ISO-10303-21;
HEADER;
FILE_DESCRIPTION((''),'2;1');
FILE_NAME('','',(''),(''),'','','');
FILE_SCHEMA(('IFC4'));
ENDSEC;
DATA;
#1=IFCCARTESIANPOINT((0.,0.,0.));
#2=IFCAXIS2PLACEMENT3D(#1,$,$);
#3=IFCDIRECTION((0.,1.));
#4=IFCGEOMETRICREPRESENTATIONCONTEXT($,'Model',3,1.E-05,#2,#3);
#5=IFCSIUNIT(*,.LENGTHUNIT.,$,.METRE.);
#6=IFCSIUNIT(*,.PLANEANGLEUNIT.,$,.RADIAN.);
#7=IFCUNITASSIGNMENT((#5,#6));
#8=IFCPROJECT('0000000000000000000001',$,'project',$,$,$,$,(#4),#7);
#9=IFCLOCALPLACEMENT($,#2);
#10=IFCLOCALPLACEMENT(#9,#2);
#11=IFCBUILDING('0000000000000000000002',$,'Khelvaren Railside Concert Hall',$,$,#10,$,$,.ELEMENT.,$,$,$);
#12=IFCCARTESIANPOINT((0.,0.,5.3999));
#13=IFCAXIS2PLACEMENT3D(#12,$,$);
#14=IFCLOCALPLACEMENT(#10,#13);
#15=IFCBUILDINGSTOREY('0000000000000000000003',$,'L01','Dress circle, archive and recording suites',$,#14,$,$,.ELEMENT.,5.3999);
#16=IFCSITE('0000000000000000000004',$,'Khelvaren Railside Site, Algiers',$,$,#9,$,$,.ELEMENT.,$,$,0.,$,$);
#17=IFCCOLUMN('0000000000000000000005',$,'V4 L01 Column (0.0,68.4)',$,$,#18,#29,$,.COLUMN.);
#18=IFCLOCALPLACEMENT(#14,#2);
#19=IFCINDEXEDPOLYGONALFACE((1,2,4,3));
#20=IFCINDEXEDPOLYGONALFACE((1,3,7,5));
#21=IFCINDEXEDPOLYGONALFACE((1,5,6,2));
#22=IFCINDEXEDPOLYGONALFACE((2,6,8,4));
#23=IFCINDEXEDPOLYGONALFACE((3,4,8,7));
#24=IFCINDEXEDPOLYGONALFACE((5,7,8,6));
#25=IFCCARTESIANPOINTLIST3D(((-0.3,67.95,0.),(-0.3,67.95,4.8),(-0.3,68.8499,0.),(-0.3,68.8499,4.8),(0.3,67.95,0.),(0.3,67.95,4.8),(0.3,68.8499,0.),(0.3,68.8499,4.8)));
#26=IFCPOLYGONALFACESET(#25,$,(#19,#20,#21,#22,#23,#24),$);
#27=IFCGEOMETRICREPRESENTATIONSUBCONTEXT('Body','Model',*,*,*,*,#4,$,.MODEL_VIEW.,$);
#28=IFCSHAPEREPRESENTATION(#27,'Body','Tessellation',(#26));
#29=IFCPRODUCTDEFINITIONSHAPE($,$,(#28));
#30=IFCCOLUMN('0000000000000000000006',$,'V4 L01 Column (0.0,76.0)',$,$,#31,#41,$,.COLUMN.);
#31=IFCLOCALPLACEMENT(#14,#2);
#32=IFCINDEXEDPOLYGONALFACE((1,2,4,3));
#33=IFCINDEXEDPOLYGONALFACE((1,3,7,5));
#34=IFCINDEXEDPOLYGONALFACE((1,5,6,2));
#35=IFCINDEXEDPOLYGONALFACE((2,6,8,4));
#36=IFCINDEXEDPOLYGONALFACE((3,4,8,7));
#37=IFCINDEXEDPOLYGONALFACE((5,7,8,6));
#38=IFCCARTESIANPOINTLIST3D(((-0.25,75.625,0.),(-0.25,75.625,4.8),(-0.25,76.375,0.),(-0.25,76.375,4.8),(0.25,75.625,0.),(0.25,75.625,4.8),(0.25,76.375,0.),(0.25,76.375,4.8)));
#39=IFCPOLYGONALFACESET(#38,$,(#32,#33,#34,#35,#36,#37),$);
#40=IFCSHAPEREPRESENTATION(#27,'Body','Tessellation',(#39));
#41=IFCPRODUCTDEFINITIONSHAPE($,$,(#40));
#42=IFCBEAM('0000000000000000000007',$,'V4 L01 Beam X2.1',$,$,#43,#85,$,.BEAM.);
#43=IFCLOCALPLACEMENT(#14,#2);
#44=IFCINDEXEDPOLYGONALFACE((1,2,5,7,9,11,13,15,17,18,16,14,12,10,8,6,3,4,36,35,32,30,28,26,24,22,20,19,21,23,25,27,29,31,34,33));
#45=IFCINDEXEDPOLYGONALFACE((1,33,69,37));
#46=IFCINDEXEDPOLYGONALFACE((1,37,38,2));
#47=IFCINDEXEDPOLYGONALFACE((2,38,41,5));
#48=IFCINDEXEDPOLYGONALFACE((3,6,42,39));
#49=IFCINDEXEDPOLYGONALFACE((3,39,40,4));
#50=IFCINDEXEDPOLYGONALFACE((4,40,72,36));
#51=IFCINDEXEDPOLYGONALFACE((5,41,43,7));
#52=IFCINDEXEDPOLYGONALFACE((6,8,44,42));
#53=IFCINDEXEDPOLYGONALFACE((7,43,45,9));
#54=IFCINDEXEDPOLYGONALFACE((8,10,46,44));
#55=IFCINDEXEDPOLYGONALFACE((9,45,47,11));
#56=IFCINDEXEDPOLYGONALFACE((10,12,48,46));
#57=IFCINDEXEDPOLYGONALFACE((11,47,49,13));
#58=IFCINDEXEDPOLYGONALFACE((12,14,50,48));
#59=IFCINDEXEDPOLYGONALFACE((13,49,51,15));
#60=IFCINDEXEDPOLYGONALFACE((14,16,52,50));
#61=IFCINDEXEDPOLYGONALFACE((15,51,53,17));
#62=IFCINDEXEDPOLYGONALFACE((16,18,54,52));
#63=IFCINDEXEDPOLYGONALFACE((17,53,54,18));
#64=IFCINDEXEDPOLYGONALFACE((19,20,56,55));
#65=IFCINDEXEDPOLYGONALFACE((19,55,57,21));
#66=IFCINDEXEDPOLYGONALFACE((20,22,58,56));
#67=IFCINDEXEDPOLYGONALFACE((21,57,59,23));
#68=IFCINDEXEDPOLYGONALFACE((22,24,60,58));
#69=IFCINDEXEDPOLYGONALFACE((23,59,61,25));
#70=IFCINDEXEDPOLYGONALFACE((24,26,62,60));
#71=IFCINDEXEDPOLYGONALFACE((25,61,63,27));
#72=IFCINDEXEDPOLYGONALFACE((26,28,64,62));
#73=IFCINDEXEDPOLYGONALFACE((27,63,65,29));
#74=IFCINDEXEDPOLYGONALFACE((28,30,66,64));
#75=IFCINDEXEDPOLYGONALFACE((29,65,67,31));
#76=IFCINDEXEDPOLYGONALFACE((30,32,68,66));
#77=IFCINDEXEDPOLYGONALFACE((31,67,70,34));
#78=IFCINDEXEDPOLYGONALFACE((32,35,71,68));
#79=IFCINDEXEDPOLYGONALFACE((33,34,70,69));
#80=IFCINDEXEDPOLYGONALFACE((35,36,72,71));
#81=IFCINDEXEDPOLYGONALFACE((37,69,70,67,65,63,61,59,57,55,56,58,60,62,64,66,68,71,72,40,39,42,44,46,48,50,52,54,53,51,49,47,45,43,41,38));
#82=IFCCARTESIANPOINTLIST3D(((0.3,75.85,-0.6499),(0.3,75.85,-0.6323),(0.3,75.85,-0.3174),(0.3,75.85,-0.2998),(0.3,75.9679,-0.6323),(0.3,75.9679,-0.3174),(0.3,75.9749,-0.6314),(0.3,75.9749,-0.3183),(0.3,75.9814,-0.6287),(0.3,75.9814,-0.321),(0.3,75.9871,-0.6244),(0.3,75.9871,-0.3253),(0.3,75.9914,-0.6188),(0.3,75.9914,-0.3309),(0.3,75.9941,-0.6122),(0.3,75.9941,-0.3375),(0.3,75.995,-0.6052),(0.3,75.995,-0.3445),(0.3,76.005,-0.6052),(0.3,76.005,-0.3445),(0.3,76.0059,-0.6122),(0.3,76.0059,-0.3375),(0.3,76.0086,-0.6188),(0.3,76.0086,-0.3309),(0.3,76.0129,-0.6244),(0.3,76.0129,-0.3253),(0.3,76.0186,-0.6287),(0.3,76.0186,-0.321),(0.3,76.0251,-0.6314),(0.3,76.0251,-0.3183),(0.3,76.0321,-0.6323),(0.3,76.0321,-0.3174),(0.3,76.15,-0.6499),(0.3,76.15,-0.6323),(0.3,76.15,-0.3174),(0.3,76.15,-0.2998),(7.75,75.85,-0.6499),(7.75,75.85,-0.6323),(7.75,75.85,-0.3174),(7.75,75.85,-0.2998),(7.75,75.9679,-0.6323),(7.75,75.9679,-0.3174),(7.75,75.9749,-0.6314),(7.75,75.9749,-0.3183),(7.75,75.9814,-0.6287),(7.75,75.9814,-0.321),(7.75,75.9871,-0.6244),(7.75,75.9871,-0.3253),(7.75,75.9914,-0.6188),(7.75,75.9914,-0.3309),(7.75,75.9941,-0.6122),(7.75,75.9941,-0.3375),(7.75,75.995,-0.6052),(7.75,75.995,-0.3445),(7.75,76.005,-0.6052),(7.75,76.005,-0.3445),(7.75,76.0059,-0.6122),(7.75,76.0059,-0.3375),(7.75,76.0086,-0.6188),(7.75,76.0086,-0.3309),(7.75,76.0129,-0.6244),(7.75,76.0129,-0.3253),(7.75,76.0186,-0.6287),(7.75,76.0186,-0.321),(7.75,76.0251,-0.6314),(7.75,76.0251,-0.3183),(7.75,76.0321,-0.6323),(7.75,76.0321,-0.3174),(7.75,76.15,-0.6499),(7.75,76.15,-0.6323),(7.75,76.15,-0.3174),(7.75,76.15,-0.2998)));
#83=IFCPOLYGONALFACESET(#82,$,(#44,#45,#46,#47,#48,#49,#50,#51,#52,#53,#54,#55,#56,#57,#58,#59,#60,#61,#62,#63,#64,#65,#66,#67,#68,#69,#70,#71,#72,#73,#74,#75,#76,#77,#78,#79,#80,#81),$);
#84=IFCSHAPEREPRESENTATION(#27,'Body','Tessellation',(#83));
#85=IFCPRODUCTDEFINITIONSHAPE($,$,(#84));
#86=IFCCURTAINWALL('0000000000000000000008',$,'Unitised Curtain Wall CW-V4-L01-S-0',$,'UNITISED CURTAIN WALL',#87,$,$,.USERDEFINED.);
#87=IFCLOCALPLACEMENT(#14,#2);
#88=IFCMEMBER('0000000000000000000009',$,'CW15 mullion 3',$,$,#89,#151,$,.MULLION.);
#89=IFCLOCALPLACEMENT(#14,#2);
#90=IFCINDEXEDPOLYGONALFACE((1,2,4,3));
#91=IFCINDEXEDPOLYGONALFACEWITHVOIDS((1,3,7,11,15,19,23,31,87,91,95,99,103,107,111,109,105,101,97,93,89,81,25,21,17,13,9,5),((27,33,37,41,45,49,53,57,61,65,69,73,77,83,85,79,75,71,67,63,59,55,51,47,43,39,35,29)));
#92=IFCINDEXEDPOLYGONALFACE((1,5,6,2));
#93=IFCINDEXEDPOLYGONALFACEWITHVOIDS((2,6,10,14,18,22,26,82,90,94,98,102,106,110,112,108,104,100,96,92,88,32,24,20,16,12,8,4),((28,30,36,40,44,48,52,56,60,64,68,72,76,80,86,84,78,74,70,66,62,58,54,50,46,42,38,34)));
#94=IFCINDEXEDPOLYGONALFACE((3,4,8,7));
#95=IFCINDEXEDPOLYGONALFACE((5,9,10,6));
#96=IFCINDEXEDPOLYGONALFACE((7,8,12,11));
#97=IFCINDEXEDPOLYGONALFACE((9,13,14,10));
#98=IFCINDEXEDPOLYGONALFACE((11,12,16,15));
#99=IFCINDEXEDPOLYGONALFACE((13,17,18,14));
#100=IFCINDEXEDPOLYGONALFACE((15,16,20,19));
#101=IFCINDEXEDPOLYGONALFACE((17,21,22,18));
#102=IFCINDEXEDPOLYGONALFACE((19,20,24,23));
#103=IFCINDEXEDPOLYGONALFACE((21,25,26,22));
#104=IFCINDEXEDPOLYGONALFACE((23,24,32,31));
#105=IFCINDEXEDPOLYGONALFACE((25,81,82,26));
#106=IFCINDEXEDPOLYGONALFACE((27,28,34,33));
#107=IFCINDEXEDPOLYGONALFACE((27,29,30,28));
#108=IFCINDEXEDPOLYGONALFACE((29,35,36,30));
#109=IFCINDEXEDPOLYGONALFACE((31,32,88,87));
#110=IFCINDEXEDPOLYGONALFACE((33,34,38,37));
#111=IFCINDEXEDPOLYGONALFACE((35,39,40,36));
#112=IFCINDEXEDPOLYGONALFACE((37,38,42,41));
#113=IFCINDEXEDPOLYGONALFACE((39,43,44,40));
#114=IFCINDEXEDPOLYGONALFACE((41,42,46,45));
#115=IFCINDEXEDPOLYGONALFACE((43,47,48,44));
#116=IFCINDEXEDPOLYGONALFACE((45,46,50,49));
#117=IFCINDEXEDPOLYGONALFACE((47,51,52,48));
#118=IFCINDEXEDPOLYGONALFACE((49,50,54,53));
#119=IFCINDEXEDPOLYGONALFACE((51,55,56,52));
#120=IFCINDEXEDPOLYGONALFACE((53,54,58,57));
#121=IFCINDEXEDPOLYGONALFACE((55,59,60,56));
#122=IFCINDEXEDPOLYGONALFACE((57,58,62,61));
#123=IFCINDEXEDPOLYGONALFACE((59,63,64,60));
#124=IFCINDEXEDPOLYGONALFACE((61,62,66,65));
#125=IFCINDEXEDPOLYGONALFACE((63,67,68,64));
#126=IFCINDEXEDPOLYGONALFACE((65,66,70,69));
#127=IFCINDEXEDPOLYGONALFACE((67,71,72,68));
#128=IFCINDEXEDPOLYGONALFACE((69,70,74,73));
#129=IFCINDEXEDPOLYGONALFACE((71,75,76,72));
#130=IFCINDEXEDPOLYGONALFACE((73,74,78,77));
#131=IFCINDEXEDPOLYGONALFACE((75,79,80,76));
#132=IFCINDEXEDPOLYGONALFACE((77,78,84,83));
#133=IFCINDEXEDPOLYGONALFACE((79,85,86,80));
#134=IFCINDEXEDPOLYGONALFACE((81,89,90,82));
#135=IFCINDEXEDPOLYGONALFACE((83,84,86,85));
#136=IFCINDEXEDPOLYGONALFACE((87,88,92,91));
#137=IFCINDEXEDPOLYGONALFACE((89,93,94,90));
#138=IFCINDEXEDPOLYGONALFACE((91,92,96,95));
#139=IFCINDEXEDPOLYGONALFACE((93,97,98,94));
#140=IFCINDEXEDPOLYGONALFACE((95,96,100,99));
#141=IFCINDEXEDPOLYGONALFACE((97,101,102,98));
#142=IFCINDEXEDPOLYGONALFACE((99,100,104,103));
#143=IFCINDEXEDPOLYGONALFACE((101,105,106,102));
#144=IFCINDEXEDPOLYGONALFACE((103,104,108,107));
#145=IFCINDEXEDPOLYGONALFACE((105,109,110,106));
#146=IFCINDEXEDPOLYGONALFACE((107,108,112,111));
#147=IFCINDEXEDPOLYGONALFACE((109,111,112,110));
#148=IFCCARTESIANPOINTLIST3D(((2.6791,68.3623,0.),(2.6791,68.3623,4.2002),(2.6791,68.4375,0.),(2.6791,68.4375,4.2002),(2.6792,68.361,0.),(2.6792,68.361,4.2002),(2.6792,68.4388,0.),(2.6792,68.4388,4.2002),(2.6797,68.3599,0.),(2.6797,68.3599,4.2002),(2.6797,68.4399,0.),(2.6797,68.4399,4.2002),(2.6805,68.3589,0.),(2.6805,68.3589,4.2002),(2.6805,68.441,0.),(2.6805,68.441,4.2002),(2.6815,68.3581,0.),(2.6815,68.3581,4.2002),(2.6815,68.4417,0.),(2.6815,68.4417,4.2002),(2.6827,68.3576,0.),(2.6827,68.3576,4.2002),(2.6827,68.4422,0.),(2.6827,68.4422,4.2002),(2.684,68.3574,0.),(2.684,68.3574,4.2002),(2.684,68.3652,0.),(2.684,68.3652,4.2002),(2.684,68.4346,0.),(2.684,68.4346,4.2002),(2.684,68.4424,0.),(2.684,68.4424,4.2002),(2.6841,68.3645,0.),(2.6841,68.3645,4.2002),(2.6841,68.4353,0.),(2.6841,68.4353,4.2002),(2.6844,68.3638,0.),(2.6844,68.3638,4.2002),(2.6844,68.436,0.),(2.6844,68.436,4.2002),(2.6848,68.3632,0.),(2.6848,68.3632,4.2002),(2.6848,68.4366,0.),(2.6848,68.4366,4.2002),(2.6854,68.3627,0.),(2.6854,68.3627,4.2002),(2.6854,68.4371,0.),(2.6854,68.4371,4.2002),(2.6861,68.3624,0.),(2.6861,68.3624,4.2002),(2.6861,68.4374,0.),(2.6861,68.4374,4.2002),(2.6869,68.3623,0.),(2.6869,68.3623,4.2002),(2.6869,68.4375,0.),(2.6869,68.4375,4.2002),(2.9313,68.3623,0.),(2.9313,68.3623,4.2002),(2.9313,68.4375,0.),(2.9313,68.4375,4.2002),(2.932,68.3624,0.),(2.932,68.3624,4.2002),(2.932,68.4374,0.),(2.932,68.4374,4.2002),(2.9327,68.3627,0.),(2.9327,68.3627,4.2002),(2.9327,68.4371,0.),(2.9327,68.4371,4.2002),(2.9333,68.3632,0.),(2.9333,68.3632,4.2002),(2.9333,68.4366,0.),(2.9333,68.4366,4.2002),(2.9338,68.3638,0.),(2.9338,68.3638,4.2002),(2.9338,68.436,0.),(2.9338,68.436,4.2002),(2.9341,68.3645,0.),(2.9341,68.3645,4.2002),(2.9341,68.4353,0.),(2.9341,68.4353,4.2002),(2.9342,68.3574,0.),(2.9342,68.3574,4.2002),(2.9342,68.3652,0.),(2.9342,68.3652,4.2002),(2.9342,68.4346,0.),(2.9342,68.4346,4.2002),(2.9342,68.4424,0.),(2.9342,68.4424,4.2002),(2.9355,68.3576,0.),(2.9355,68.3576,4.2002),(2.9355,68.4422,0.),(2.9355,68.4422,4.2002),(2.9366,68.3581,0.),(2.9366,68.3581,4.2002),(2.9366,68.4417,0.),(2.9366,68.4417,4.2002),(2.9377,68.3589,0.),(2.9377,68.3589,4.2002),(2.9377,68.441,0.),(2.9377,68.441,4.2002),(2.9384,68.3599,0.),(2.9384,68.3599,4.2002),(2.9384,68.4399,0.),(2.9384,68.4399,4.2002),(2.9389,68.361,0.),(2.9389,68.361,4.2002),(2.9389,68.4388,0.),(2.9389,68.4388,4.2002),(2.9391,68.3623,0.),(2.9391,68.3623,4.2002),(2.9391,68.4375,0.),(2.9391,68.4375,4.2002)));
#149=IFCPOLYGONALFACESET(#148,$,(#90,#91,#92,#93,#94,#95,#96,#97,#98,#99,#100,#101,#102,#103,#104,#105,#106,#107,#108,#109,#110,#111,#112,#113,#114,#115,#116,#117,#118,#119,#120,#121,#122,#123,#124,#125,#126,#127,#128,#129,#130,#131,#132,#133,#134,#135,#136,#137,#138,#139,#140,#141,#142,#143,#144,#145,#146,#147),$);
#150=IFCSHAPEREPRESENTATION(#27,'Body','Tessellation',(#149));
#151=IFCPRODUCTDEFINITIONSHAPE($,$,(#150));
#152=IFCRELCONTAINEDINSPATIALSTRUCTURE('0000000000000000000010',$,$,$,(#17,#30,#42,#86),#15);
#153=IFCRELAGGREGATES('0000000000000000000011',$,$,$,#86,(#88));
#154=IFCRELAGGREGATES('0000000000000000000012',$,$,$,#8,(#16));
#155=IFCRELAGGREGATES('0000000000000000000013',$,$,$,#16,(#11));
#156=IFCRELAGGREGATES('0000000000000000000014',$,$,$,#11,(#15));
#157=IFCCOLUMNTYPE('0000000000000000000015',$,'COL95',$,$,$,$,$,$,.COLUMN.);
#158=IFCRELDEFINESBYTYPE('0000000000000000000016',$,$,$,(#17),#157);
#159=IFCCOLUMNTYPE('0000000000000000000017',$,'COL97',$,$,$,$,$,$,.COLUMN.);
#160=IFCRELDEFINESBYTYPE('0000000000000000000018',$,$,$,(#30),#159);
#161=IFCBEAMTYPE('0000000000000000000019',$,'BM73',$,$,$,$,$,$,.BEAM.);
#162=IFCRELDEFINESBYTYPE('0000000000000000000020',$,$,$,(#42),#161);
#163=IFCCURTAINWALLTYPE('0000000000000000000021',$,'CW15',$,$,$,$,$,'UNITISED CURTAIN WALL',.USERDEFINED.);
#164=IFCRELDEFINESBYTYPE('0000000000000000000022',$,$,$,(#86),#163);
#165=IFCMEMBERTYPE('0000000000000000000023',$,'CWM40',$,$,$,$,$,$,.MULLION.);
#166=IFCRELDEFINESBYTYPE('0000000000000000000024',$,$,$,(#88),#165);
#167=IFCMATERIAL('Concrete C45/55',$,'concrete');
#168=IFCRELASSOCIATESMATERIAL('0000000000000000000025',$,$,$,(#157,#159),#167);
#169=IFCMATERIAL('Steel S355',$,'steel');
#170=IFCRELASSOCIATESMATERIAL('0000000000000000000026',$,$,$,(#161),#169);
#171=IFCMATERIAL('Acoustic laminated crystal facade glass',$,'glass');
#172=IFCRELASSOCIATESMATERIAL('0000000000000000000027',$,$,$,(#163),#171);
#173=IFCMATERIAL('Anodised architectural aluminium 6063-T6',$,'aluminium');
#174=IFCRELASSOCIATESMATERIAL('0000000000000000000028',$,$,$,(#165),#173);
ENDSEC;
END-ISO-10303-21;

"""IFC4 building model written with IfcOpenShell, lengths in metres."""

from ifc_helpers import new_model, si_unit, direction, frame, origin, origin_2d, place, context, subcontext, project, spatial, rectangle, hollow_rectangle, i_section, extrude, material, material_profile, profile_set, type_object, element, aggregate, save


model = new_model("IFC4")

# Units and contexts
model_context = context("Model", 3, precision=1e-05, world=origin(), true_north=direction((0.0, 1.0)))
body_context = subcontext(model_context, "Body", "Model", "MODEL_VIEW")
ifc_project = project(units=[si_unit("LENGTHUNIT", "METRE"), si_unit("PLANEANGLEUNIT", "RADIAN")], contexts=[model_context])

# Site, building, storey
site_placement = place(None, origin())
site = spatial("IfcSite", under=ifc_project, at=site_placement, Name="Khelvaren Railside Site, Algiers", CompositionType="ELEMENT", RefElevation=0.0)
building_placement = place(site_placement, origin())
building = spatial("IfcBuilding", under=site, at=building_placement, Name="Khelvaren Railside Concert Hall", CompositionType="ELEMENT")
storey_placement = place(building_placement, frame((0.0, 0.0, 5.3999)))
storey = spatial("IfcBuildingStorey", under=building, at=storey_placement, Name="L01", Description="Dress circle, archive and recording suites", CompositionType="ELEMENT", Elevation=5.3999)

# Columns
ifc_material_1 = material(Name="Concrete C45/55", Category="concrete")
ifc_material_profile_1 = material_profile(ifc_material_1, rectangle(XDim=0.6001, YDim=0.8999, at=origin_2d()), Name="RC 600x900")
ifc_profile_set_1 = profile_set([ifc_material_profile_1], Name="Concrete C45/55")
column_type_1 = type_object("IfcColumnType", Name="COL95", PredefinedType="COLUMN", material=ifc_profile_set_1)
column_1_placement = place(storey_placement, frame((0.0, 68.3999, 0.0), z_axis=(0.0, 0.0, 1.0), x_axis=(1.0, 0.0, 0.0)))
element("IfcColumn", 1, at=column_1_placement, inside=storey, type_object=column_type_1, Name="V4 L01 Column (0.0,68.4)", PredefinedType="COLUMN", context=body_context, shape_type="SweptSolid", body=[
    extrude(rectangle(XDim=0.6001, YDim=0.8999, at=origin_2d()), origin(), (0.0, 0.0, 1.0), 4.8),
])
ifc_material_profile_2 = material_profile(ifc_material_1, rectangle(XDim=0.5, YDim=0.75, at=origin_2d()), Name="RC 500x750")
ifc_profile_set_2 = profile_set([ifc_material_profile_2], Name="Concrete C45/55")
column_type_2 = type_object("IfcColumnType", Name="COL97", PredefinedType="COLUMN", material=ifc_profile_set_2)
column_2_placement = place(storey_placement, frame((0.0, 76.0, 0.0), z_axis=(0.0, 0.0, 1.0), x_axis=(1.0, 0.0, 0.0)))
element("IfcColumn", 2, at=column_2_placement, inside=storey, type_object=column_type_2, Name="V4 L01 Column (0.0,76.0)", PredefinedType="COLUMN", context=body_context, shape_type="SweptSolid", body=[
    extrude(rectangle(XDim=0.5, YDim=0.75, at=origin_2d()), origin(), (0.0, 0.0, 1.0), 4.8),
])

# Beam
ifc_material_2 = material(Name="Steel S355", Category="steel")
ifc_material_profile_3 = material_profile(ifc_material_2, i_section(OverallWidth=0.3, OverallDepth=0.3501, WebThickness=0.01, FlangeThickness=0.0176, FilletRadius=0.0271, at=origin_2d()), Name="HEA 360")
ifc_profile_set_3 = profile_set([ifc_material_profile_3], Name="Steel S355")
beam_type_1 = type_object("IfcBeamType", Name="BM73", PredefinedType="BEAM", material=ifc_profile_set_3)
beam_1_placement = place(storey_placement, frame((0.3, 76.0, -0.4749), z_axis=(1.0, 0.0, 0.0), x_axis=(0.0, 1.0, 0.0)))
element("IfcBeam", 3, at=beam_1_placement, inside=storey, type_object=beam_type_1, Name="V4 L01 Beam X2.1", PredefinedType="BEAM", context=body_context, shape_type="SweptSolid", body=[
    extrude(i_section(OverallWidth=0.3, OverallDepth=0.3501, WebThickness=0.01, FlangeThickness=0.0176, FilletRadius=0.0271, at=origin_2d()), origin(), (0.0, 0.0, 1.0), 7.45),
])

# Curtain wall, member
ifc_material_3 = material(Name="Acoustic laminated crystal facade glass", Category="glass")
curtain_wall_type = type_object("IfcCurtainWallType", Name="CW15", ElementType="UNITISED CURTAIN WALL", PredefinedType="USERDEFINED", material=ifc_material_3)
curtain_wall_placement = place(storey_placement, origin())
curtain_wall = element("IfcCurtainWall", 4, at=curtain_wall_placement, inside=storey, type_object=curtain_wall_type, Name="Unitised Curtain Wall CW-V4-L01-S-0", ObjectType="UNITISED CURTAIN WALL", PredefinedType="USERDEFINED")
ifc_material_4 = material(Name="Anodised architectural aluminium 6063-T6", Category="aluminium")
ifc_material_profile_4 = material_profile(ifc_material_4, hollow_rectangle(XDim=0.085, YDim=0.26, WallThickness=0.0049, InnerFilletRadius=0.0029, OuterFilletRadius=0.0049, at=origin_2d()), Name="CWM 85x260x5")
ifc_profile_set_4 = profile_set([ifc_material_profile_4], Name="Anodised architectural aluminium 6063-T6")
member_type_1 = type_object("IfcMemberType", Name="CWM40", PredefinedType="MULLION", material=ifc_profile_set_4)
member_1_placement = place(storey_placement, frame((2.8091, 68.3999, 0.0), z_axis=(0.0, 0.0, 1.0), x_axis=(0.0, -1.0, 0.0)))
member_1 = element("IfcMember", 5, at=member_1_placement, type_object=member_type_1, Name="CW15 mullion 3", PredefinedType="MULLION", context=body_context, shape_type="SweptSolid", body=[
    extrude(hollow_rectangle(XDim=0.085, YDim=0.26, WallThickness=0.0049, InnerFilletRadius=0.0029, OuterFilletRadius=0.0049, at=origin_2d()), origin(), (0.0, 0.0, 1.0), 4.2002),
])

aggregate(curtain_wall, [member_1])

save(model, "model.ifc")
